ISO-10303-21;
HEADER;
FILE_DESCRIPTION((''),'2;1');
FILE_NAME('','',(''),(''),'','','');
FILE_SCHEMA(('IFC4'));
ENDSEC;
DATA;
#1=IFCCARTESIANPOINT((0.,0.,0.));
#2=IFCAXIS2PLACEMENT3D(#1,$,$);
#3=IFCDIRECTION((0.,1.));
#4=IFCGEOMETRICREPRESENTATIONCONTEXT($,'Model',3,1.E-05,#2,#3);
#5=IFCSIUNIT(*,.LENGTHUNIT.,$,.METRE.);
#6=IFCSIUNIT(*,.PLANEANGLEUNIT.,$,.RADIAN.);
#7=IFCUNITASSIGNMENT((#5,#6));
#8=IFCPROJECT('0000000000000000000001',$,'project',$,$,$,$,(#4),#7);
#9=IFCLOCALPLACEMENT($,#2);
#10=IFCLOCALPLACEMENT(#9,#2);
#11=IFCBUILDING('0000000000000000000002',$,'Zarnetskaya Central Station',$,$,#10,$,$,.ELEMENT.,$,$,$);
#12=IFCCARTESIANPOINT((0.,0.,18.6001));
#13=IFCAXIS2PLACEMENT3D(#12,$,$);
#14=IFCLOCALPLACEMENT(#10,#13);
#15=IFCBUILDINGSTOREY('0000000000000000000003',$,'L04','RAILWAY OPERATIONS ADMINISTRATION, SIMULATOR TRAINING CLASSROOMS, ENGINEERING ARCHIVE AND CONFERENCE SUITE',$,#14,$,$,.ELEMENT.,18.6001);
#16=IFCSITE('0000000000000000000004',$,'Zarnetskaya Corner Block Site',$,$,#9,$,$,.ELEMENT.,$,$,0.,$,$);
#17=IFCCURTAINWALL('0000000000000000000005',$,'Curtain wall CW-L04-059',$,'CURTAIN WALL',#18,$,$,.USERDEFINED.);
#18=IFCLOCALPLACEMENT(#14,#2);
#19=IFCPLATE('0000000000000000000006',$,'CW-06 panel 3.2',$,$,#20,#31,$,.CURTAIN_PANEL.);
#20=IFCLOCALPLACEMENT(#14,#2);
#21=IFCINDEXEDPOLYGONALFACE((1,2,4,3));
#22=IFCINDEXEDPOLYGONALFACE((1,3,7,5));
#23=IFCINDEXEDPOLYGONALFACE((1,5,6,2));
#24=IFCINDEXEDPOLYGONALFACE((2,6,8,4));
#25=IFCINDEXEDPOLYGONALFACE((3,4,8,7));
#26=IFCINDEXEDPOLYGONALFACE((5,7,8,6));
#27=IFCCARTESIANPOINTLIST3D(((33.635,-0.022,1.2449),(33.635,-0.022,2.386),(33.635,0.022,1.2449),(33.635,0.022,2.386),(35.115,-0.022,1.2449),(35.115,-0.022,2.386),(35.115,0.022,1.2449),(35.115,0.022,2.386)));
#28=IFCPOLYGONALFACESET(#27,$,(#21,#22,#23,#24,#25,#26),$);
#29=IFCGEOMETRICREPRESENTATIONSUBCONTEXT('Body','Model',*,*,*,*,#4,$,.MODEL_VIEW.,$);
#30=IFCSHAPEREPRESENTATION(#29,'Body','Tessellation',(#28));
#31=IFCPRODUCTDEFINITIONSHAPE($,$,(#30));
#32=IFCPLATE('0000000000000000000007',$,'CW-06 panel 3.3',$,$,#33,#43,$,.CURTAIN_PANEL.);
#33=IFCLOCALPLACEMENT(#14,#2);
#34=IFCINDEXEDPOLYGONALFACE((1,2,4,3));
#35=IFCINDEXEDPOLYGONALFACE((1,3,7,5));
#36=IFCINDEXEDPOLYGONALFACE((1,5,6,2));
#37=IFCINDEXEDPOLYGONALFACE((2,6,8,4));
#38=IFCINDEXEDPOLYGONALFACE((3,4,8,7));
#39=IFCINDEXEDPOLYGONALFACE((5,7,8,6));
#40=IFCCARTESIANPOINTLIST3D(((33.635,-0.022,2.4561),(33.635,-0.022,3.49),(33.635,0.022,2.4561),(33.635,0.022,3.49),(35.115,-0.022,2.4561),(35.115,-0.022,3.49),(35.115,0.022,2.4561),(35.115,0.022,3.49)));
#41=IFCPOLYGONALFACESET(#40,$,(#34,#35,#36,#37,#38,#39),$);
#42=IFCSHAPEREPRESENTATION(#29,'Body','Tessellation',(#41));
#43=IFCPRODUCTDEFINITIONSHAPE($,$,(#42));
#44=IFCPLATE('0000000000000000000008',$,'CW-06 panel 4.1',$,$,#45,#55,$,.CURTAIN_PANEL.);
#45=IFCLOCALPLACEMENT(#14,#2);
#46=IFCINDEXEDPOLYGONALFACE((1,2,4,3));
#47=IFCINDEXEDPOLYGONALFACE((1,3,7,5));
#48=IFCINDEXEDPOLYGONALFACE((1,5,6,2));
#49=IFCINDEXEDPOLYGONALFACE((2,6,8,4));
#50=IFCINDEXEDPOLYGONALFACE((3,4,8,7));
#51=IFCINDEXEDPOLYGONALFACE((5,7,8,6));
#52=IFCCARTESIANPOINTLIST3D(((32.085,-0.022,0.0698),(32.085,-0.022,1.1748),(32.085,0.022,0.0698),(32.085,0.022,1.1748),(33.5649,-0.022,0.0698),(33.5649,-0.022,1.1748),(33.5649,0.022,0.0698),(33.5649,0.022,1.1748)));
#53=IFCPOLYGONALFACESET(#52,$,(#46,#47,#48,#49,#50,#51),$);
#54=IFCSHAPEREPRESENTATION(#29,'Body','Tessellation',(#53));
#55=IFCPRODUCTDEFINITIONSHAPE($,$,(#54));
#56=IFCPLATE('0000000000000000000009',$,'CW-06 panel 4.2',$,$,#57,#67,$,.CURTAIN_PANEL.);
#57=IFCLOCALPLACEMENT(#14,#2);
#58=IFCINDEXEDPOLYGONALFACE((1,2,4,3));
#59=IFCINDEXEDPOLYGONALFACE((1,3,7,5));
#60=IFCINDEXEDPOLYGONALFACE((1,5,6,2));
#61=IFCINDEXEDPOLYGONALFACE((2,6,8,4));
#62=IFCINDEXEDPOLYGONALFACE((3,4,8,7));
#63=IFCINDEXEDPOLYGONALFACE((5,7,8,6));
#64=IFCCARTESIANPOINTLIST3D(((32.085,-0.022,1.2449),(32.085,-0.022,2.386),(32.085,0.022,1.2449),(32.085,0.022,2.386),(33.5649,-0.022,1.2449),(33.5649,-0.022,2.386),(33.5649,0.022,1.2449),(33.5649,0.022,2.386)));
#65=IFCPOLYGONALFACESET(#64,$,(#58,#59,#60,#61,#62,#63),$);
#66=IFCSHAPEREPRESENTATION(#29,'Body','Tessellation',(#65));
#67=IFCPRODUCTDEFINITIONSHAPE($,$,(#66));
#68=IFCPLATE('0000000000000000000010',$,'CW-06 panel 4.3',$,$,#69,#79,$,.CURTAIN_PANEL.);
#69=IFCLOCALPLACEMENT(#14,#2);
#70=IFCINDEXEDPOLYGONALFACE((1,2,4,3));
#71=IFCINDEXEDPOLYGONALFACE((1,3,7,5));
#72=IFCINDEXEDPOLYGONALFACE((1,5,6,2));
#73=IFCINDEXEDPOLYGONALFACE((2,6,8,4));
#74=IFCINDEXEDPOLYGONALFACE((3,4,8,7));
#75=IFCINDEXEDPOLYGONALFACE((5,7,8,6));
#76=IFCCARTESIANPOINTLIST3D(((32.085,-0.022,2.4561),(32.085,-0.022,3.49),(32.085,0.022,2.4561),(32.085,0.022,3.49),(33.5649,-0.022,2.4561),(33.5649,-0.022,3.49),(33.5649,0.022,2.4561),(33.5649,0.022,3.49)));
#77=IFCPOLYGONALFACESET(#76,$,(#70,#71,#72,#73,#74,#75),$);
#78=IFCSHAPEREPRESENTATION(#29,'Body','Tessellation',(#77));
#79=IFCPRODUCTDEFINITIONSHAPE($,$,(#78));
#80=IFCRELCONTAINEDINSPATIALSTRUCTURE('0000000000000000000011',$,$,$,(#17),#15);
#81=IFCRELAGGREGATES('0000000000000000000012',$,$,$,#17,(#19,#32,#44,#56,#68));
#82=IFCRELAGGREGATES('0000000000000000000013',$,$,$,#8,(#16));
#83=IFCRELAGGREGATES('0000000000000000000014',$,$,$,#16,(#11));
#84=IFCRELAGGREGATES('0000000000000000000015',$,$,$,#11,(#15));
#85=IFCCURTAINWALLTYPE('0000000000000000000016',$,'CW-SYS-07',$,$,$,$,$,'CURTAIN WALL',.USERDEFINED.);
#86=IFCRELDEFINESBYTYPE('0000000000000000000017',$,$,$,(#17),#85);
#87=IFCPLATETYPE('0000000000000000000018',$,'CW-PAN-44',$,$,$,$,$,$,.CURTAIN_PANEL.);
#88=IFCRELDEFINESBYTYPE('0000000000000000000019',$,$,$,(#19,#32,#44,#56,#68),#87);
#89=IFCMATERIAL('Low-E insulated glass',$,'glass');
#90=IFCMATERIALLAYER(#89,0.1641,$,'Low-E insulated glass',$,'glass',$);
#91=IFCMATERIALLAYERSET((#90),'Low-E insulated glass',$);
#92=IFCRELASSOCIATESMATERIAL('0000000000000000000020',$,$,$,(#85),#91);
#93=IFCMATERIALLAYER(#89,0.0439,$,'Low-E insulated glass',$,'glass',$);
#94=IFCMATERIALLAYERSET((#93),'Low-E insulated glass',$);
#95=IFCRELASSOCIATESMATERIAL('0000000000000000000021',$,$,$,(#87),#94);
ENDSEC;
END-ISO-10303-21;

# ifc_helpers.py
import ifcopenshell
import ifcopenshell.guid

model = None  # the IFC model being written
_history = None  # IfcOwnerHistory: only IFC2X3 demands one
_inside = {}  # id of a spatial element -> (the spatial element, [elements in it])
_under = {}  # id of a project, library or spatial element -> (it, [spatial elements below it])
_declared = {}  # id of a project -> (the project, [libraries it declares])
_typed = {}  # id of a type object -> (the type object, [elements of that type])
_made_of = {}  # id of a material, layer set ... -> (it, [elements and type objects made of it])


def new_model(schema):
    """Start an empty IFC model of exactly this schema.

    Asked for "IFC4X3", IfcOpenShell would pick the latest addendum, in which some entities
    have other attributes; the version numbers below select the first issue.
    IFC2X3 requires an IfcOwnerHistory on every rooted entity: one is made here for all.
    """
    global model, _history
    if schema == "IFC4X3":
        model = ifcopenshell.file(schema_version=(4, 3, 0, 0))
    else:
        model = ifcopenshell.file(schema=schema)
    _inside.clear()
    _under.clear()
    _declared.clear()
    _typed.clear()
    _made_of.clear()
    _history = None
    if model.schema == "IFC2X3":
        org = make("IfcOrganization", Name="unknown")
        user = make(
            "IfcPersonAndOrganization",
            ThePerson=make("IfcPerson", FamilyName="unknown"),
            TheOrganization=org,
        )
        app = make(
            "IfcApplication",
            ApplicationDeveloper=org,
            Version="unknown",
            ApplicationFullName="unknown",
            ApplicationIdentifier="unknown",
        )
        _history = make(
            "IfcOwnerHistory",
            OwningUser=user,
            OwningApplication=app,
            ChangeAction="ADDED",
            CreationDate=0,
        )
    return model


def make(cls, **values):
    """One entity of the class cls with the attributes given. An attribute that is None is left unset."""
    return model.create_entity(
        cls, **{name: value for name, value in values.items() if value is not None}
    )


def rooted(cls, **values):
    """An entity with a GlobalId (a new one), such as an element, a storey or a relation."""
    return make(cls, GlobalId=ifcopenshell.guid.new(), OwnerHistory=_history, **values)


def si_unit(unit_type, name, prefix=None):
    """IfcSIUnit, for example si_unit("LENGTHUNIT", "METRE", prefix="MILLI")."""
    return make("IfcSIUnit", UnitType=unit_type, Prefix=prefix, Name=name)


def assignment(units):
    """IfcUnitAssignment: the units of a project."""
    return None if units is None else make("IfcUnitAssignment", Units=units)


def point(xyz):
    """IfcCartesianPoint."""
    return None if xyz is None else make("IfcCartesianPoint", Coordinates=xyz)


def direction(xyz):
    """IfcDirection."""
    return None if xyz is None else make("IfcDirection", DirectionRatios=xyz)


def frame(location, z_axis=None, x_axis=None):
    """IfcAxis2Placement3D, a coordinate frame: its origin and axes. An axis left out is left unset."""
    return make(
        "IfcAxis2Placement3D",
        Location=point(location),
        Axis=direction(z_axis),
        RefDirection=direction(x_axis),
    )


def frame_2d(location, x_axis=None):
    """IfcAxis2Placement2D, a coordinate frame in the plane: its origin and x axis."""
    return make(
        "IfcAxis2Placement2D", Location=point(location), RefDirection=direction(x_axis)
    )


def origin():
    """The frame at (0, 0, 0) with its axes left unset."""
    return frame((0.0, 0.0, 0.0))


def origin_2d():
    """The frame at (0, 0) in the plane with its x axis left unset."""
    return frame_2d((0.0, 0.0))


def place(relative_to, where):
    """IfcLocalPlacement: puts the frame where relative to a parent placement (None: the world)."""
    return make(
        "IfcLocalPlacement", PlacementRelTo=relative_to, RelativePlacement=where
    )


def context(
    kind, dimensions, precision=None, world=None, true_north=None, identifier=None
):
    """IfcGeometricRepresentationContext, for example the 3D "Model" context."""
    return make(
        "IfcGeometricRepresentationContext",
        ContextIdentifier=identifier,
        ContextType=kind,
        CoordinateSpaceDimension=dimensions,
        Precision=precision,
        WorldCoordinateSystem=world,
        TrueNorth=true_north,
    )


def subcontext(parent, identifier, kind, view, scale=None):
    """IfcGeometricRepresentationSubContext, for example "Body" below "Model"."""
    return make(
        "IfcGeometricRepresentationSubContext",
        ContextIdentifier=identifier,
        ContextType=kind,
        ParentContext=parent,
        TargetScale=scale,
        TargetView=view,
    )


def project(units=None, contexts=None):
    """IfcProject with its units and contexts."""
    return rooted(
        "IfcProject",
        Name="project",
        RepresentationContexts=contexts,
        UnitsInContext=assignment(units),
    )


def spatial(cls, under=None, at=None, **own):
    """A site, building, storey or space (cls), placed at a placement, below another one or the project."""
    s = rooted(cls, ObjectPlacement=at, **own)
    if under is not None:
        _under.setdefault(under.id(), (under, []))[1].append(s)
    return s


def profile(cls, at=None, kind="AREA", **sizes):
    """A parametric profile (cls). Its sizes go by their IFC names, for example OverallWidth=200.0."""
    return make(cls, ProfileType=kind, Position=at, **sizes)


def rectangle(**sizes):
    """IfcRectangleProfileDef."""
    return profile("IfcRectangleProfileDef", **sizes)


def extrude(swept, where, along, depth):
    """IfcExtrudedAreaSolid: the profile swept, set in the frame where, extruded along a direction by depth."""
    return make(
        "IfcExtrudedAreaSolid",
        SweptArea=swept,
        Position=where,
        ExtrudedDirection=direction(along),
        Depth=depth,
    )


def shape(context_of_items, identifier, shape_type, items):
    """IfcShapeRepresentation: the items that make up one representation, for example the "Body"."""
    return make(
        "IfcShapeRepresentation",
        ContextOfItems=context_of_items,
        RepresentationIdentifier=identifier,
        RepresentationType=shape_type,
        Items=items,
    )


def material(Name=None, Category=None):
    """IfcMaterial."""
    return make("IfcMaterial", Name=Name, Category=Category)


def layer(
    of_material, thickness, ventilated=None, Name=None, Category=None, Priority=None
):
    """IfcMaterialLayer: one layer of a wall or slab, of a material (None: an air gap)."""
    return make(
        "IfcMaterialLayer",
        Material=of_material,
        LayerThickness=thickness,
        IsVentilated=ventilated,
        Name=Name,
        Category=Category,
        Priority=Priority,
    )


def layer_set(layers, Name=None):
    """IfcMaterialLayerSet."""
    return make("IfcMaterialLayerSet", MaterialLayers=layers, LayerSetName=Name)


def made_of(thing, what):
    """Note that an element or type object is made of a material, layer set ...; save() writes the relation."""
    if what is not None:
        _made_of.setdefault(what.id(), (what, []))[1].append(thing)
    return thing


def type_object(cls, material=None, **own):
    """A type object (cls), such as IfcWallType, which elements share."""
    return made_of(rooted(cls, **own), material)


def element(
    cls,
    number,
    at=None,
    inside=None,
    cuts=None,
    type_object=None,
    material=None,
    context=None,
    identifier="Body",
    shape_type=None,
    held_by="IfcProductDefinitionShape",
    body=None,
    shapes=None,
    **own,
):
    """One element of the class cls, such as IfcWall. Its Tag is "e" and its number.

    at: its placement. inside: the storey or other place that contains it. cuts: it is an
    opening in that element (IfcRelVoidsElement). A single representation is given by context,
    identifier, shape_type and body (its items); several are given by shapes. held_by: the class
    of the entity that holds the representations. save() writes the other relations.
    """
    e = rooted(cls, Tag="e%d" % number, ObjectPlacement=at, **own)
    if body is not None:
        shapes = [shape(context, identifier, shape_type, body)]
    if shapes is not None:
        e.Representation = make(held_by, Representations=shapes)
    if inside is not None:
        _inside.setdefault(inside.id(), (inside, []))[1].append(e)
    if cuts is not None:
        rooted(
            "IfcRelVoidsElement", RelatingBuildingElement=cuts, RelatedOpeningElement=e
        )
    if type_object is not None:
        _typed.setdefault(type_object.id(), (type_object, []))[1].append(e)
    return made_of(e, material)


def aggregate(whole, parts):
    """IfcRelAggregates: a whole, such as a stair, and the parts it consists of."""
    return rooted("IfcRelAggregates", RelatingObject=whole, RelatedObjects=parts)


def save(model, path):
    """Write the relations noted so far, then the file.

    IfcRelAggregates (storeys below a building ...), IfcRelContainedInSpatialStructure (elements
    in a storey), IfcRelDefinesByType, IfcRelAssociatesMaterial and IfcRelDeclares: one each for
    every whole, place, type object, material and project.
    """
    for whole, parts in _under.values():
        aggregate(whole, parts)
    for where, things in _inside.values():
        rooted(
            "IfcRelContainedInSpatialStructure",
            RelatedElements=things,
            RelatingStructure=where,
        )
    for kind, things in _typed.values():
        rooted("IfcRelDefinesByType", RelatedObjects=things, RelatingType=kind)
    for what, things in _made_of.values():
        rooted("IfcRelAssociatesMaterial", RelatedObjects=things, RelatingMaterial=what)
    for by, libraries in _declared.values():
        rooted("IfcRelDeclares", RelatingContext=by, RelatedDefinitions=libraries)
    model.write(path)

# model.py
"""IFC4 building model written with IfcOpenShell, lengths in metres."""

from ifc_helpers import new_model, si_unit, direction, frame, origin, origin_2d, place, context, subcontext, project, spatial, rectangle, extrude, material, layer, layer_set, type_object, element, aggregate, save


model = new_model("IFC4")

# Units and contexts
model_context = context("Model", 3, precision=1e-05, world=origin(), true_north=direction((0.0, 1.0)))
body_context = subcontext(model_context, "Body", "Model", "MODEL_VIEW")
ifc_project = project(units=[si_unit("LENGTHUNIT", "METRE"), si_unit("PLANEANGLEUNIT", "RADIAN")], contexts=[model_context])

# Site, building, storey
site_placement = place(None, origin())
site = spatial("IfcSite", under=ifc_project, at=site_placement, Name="Zarnetskaya Corner Block Site", CompositionType="ELEMENT", RefElevation=0.0)
building_placement = place(site_placement, origin())
building = spatial("IfcBuilding", under=site, at=building_placement, Name="Zarnetskaya Central Station", CompositionType="ELEMENT")
storey_placement = place(building_placement, frame((0.0, 0.0, 18.6001)))
storey = spatial("IfcBuildingStorey", under=building, at=storey_placement, Name="L04", Description="RAILWAY OPERATIONS ADMINISTRATION, SIMULATOR TRAINING CLASSROOMS, ENGINEERING ARCHIVE AND CONFERENCE SUITE", CompositionType="ELEMENT", Elevation=18.6001)

# Curtain wall, plates
ifc_material_1 = material(Name="Low-E insulated glass", Category="glass")
ifc_layer_1 = layer(ifc_material_1, 0.1641, Name="Low-E insulated glass", Category="glass")
ifc_layer_set_1 = layer_set([ifc_layer_1], Name="Low-E insulated glass")
curtain_wall_type = type_object("IfcCurtainWallType", Name="CW-SYS-07", ElementType="CURTAIN WALL", PredefinedType="USERDEFINED", material=ifc_layer_set_1)
curtain_wall_placement = place(storey_placement, origin())
curtain_wall = element("IfcCurtainWall", 1, at=curtain_wall_placement, inside=storey, type_object=curtain_wall_type, Name="Curtain wall CW-L04-059", ObjectType="CURTAIN WALL", PredefinedType="USERDEFINED")
ifc_layer_2 = layer(ifc_material_1, 0.0439, Name="Low-E insulated glass", Category="glass")
ifc_layer_set_2 = layer_set([ifc_layer_2], Name="Low-E insulated glass")
plate_type = type_object("IfcPlateType", Name="CW-PAN-44", PredefinedType="CURTAIN_PANEL", material=ifc_layer_set_2)
plate_1_placement = place(storey_placement, frame((34.375, 0.0, 1.2449), z_axis=(0.0, 0.0, 1.0), x_axis=(-1.0, 0.0, 0.0)))
plate_1 = element("IfcPlate", 2, at=plate_1_placement, type_object=plate_type, Name="CW-06 panel 3.2", PredefinedType="CURTAIN_PANEL", context=body_context, shape_type="SweptSolid", body=[
    extrude(rectangle(XDim=1.48, YDim=0.0439, at=origin_2d()), origin(), (0.0, 0.0, 1.0), 1.1411),
])
plate_2_placement = place(storey_placement, frame((34.375, 0.0, 2.4561), z_axis=(0.0, 0.0, 1.0), x_axis=(-1.0, 0.0, 0.0)))
plate_2 = element("IfcPlate", 3, at=plate_2_placement, type_object=plate_type, Name="CW-06 panel 3.3", PredefinedType="CURTAIN_PANEL", context=body_context, shape_type="SweptSolid", body=[
    extrude(rectangle(XDim=1.48, YDim=0.0439, at=origin_2d()), origin(), (0.0, 0.0, 1.0), 1.0339),
])
plate_3_placement = place(storey_placement, frame((32.825, 0.0, 0.0698), z_axis=(0.0, 0.0, 1.0), x_axis=(-1.0, 0.0, 0.0)))
plate_3 = element("IfcPlate", 4, at=plate_3_placement, type_object=plate_type, Name="CW-06 panel 4.1", PredefinedType="CURTAIN_PANEL", context=body_context, shape_type="SweptSolid", body=[
    extrude(rectangle(XDim=1.48, YDim=0.0439, at=origin_2d()), origin(), (0.0, 0.0, 1.0), 1.105),
])
plate_4_placement = place(storey_placement, frame((32.825, 0.0, 1.2449), z_axis=(0.0, 0.0, 1.0), x_axis=(-1.0, 0.0, 0.0)))
plate_4 = element("IfcPlate", 5, at=plate_4_placement, type_object=plate_type, Name="CW-06 panel 4.2", PredefinedType="CURTAIN_PANEL", context=body_context, shape_type="SweptSolid", body=[
    extrude(rectangle(XDim=1.48, YDim=0.0439, at=origin_2d()), origin(), (0.0, 0.0, 1.0), 1.1411),
])
plate_5_placement = place(storey_placement, frame((32.825, 0.0, 2.4561), z_axis=(0.0, 0.0, 1.0), x_axis=(-1.0, 0.0, 0.0)))
plate_5 = element("IfcPlate", 6, at=plate_5_placement, type_object=plate_type, Name="CW-06 panel 4.3", PredefinedType="CURTAIN_PANEL", context=body_context, shape_type="SweptSolid", body=[
    extrude(rectangle(XDim=1.48, YDim=0.0439, at=origin_2d()), origin(), (0.0, 0.0, 1.0), 1.0339),
])
aggregate(curtain_wall, [plate_1, plate_2, plate_3, plate_4, plate_5])

save(model, "model.ifc")
